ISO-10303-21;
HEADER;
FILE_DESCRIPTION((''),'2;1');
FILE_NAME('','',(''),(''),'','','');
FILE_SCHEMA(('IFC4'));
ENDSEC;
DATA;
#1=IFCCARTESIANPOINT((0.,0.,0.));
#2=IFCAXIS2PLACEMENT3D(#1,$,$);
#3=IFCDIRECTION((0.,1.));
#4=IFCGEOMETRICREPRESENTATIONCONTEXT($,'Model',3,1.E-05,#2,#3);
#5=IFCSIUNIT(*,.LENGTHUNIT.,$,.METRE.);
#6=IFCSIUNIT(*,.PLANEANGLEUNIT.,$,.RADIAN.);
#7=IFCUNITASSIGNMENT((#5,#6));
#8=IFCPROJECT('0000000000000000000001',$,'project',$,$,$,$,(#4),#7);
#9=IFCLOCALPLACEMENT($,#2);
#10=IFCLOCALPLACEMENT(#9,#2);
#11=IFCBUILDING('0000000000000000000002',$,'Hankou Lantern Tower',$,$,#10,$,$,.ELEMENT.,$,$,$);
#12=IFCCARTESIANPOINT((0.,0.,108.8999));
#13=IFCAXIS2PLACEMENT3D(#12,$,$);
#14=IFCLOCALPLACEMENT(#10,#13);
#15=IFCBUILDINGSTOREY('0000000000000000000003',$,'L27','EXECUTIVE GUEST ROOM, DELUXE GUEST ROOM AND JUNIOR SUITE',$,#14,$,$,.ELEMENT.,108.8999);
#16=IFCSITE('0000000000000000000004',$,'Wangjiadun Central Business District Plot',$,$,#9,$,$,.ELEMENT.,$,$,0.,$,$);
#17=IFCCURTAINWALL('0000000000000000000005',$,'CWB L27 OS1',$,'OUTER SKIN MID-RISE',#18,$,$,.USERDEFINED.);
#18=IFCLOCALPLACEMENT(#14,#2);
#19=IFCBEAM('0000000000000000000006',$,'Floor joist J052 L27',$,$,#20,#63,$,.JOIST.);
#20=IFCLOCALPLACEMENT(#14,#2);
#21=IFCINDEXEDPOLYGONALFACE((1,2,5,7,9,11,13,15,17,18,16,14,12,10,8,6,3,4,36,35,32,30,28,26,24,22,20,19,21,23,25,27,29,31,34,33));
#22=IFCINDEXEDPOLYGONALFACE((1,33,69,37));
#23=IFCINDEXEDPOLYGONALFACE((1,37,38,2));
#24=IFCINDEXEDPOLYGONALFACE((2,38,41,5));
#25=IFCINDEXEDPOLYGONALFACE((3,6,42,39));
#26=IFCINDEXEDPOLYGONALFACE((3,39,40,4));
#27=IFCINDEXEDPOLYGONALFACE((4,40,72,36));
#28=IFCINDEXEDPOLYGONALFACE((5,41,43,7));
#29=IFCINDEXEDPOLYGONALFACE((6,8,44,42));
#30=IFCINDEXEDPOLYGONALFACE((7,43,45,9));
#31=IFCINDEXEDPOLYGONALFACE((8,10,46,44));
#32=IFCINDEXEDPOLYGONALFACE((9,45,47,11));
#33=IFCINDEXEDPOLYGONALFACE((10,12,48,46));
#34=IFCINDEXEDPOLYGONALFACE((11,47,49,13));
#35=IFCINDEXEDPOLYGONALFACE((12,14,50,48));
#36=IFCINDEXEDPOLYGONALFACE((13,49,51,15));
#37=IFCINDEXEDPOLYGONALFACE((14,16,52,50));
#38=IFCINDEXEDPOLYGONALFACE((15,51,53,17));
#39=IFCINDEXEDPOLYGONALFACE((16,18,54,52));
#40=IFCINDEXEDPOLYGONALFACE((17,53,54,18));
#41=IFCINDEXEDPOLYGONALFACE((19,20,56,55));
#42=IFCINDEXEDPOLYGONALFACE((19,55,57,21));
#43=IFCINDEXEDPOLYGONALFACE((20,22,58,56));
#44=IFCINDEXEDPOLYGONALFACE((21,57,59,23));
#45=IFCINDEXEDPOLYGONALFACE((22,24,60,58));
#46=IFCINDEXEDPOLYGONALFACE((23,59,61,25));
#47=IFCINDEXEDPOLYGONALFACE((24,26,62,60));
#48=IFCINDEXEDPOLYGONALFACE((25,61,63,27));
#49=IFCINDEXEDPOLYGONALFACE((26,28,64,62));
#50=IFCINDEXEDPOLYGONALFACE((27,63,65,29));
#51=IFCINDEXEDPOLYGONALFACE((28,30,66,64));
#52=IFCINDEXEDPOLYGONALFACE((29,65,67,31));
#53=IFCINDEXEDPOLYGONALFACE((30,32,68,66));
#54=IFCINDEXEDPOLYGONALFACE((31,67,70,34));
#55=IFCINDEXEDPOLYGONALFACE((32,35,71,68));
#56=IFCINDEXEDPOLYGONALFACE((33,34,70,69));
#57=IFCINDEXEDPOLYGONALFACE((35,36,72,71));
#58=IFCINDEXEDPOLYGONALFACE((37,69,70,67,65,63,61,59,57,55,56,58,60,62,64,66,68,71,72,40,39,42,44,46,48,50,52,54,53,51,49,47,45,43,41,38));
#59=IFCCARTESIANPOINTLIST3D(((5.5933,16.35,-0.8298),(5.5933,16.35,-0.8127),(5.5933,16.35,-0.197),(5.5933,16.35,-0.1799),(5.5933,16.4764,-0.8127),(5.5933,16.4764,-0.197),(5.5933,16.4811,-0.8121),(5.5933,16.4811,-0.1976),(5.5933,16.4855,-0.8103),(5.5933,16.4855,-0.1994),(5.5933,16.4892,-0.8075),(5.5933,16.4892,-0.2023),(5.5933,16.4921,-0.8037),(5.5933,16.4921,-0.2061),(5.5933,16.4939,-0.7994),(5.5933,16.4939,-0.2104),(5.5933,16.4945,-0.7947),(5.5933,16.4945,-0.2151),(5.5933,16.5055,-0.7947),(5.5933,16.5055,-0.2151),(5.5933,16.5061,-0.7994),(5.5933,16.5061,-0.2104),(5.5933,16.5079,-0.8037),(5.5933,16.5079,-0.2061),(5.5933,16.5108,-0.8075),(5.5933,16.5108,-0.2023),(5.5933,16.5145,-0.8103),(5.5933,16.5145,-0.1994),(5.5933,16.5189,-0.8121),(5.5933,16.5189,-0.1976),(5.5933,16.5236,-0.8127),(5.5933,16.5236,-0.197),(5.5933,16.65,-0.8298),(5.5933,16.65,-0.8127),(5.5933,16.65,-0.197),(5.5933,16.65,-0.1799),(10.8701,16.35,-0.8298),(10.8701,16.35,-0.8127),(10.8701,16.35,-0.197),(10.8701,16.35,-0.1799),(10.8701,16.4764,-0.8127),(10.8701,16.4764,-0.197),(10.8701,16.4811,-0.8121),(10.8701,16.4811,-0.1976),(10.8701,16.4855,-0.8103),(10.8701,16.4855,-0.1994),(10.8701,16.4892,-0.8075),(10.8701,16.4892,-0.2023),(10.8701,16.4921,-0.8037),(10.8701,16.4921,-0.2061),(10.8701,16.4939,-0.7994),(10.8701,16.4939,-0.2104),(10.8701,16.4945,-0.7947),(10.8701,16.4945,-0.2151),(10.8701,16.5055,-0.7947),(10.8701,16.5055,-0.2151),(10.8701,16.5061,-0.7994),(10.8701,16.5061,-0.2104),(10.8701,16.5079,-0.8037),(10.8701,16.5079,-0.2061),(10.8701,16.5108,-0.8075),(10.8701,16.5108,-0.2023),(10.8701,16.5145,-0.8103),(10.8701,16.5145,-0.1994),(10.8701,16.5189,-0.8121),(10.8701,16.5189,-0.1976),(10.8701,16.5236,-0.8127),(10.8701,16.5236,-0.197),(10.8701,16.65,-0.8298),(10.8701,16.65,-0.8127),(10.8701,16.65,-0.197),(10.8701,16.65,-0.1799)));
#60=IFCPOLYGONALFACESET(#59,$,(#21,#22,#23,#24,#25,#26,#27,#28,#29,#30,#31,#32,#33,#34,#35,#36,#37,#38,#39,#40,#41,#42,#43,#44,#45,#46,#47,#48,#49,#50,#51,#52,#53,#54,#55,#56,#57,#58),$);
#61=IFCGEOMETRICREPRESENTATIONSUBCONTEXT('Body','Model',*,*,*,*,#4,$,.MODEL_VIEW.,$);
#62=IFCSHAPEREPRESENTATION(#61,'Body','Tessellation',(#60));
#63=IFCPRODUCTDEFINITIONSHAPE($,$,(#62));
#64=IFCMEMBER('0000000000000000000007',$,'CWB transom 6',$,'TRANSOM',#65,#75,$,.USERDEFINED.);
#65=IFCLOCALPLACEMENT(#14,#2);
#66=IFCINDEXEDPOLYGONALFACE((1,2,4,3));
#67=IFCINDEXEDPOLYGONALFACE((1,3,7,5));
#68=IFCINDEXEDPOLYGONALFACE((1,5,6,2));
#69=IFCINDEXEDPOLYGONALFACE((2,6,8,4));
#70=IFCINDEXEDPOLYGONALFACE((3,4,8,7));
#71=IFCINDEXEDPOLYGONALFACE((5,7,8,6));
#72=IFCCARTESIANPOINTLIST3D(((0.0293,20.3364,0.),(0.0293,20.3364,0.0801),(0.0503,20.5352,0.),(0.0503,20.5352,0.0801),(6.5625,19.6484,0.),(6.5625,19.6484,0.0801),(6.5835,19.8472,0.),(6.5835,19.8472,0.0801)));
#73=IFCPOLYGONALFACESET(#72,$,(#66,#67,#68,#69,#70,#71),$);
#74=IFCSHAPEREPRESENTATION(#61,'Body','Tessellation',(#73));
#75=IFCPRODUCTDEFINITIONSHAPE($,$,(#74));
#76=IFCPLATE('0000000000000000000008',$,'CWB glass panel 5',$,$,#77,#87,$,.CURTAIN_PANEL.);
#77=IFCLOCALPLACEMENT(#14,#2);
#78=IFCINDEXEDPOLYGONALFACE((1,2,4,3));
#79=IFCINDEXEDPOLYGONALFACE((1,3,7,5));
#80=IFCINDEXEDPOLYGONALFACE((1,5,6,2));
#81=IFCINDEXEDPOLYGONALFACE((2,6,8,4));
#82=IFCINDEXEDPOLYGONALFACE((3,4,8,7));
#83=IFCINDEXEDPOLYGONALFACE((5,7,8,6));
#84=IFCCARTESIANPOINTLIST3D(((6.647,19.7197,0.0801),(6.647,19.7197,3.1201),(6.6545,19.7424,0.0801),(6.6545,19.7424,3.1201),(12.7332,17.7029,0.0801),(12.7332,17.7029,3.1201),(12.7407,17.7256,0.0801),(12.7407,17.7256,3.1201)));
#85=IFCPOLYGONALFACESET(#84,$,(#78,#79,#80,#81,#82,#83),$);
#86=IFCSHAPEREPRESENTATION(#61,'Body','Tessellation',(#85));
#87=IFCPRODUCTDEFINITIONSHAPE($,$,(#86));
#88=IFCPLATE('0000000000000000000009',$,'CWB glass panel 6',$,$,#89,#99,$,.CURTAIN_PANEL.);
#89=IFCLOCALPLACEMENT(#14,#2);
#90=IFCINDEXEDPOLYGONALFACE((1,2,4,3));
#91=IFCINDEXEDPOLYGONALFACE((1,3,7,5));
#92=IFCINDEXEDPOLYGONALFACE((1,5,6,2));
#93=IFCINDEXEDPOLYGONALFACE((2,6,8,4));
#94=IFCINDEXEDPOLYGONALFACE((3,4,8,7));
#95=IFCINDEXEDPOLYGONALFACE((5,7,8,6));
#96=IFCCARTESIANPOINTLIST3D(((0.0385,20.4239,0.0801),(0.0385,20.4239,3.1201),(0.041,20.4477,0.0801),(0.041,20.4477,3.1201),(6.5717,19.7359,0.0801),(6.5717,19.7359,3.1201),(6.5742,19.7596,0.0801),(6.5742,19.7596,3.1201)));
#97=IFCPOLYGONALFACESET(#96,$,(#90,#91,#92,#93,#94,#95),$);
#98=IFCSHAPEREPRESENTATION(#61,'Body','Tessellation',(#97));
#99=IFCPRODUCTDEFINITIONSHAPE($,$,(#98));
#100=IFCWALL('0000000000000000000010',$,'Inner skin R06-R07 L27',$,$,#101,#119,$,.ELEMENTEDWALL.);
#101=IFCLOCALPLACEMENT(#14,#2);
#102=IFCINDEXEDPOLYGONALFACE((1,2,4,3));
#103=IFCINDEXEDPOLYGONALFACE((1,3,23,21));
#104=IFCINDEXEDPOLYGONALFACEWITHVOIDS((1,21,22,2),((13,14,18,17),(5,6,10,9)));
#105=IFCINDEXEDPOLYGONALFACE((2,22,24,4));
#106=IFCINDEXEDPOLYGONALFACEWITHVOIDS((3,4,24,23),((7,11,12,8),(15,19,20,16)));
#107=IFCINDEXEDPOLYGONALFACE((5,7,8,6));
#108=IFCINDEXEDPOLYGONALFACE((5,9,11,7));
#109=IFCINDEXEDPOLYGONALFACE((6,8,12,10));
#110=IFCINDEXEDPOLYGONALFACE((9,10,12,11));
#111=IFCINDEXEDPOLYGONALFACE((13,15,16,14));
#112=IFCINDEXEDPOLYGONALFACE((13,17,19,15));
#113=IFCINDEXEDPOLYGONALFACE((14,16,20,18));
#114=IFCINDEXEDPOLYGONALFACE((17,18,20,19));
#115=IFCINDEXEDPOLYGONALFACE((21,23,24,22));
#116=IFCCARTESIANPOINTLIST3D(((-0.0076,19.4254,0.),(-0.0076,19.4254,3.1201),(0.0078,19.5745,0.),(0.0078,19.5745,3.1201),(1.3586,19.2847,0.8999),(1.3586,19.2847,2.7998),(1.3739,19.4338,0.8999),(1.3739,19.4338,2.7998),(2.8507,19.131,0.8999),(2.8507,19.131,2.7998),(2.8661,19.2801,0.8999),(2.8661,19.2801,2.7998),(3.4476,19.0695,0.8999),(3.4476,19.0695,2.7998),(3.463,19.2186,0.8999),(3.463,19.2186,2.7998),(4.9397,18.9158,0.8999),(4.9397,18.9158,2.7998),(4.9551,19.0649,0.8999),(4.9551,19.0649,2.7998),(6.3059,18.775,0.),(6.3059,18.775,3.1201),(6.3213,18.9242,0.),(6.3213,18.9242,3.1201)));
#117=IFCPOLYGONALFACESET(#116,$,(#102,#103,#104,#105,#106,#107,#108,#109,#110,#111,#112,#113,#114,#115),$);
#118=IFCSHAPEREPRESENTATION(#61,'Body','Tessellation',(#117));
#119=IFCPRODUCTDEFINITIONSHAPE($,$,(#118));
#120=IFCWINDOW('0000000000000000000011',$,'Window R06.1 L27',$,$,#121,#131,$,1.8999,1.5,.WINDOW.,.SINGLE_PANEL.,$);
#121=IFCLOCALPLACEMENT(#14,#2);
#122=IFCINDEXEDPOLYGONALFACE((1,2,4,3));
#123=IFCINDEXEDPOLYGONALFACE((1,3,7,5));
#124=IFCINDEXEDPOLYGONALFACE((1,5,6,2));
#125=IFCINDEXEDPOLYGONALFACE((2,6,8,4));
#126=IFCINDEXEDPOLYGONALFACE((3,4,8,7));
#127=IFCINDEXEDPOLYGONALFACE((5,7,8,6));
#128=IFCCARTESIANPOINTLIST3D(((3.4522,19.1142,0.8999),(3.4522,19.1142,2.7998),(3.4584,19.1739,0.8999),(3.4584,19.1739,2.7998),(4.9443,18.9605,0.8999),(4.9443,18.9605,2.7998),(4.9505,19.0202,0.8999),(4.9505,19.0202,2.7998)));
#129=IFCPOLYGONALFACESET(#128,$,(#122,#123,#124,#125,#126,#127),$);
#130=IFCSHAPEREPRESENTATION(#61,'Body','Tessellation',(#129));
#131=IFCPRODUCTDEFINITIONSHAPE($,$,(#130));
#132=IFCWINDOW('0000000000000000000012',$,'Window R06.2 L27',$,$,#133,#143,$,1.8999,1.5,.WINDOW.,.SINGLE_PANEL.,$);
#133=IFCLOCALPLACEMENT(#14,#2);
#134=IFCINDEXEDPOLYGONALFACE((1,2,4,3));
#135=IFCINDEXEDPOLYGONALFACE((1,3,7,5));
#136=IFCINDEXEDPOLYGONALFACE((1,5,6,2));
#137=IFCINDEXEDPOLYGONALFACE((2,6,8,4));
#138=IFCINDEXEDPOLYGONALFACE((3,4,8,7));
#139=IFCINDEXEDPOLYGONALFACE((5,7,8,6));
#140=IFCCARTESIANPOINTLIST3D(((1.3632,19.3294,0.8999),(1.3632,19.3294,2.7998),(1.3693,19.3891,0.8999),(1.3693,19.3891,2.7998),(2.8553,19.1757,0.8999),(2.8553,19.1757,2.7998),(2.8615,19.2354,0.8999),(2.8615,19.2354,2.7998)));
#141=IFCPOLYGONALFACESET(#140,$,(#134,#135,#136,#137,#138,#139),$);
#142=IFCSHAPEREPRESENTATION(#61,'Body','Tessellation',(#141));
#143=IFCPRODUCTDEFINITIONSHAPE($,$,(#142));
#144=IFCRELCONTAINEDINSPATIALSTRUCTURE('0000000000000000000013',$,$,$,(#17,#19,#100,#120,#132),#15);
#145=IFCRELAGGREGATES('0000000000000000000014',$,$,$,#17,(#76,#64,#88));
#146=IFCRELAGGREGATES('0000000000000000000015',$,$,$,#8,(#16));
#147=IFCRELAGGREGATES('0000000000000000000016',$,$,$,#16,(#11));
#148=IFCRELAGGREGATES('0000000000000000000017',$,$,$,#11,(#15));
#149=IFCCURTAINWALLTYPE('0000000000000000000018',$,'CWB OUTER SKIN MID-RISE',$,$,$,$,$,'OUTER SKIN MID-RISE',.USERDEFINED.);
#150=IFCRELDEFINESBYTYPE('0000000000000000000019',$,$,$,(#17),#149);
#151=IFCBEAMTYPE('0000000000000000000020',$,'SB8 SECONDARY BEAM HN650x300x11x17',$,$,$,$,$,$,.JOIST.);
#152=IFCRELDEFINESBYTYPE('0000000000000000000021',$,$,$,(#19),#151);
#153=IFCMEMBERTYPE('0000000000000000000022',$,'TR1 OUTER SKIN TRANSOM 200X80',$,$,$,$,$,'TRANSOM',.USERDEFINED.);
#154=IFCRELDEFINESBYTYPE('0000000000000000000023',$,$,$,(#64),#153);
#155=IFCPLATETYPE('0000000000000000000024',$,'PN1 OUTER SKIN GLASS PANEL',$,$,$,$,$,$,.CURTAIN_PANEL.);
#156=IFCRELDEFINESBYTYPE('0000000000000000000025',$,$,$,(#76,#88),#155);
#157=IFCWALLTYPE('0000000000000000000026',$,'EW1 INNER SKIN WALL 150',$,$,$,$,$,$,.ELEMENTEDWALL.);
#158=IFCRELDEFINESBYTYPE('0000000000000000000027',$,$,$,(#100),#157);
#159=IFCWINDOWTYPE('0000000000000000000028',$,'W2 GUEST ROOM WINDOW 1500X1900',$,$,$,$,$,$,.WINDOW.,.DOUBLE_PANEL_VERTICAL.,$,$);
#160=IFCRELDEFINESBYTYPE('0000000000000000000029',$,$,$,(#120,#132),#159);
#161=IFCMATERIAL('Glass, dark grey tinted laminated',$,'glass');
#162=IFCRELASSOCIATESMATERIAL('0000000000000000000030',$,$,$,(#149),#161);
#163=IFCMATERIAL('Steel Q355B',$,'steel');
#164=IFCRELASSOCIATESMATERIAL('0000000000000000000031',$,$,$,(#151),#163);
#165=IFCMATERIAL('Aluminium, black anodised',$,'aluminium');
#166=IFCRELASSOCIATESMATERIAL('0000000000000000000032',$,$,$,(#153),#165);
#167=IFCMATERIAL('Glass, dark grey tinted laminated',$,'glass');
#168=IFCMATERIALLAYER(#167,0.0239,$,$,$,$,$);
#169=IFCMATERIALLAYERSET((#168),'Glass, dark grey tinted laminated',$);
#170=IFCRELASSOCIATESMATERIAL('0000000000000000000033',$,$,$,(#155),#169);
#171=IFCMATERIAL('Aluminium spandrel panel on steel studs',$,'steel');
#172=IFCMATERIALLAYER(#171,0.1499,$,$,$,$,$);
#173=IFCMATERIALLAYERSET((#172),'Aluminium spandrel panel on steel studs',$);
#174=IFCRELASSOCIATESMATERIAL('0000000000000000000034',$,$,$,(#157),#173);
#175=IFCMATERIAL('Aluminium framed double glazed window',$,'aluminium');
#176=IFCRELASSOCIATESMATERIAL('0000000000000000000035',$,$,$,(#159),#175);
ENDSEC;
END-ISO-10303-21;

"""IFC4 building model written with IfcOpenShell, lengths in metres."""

from ifc_helpers import new_model, si_unit, direction, frame, frame_2d, origin, origin_2d, place, context, subcontext, project, spatial, rectangle, i_section, extrude, material, layer, layer_set, material_profile, profile_set, type_object, element, fill, aggregate, save


model = new_model("IFC4")

# Units and contexts
model_context = context("Model", 3, precision=1e-05, world=origin(), true_north=direction((0.0, 1.0)))
body_context = subcontext(model_context, "Body", "Model", "MODEL_VIEW")
ifc_project = project(units=[si_unit("LENGTHUNIT", "METRE"), si_unit("PLANEANGLEUNIT", "RADIAN")], contexts=[model_context])

# Site, building, storey
site_placement = place(None, origin())
site = spatial("IfcSite", under=ifc_project, at=site_placement, Name="Wangjiadun Central Business District Plot", CompositionType="ELEMENT", RefElevation=0.0)
building_placement = place(site_placement, origin())
building = spatial("IfcBuilding", under=site, at=building_placement, Name="Hankou Lantern Tower", CompositionType="ELEMENT")
storey_placement = place(building_placement, frame((0.0, 0.0, 108.8999)))
storey = spatial("IfcBuildingStorey", under=building, at=storey_placement, Name="L27", Description="EXECUTIVE GUEST ROOM, DELUXE GUEST ROOM AND JUNIOR SUITE", CompositionType="ELEMENT", Elevation=108.8999)

# Curtain wall
ifc_material_1 = material(Name="Glass, dark grey tinted laminated", Category="glass")
curtain_wall_type = type_object("IfcCurtainWallType", Name="CWB OUTER SKIN MID-RISE", ElementType="OUTER SKIN MID-RISE", PredefinedType="USERDEFINED", material=ifc_material_1)
curtain_wall_1_placement = place(storey_placement, origin())
curtain_wall_1 = element("IfcCurtainWall", 1, at=curtain_wall_1_placement, inside=storey, type_object=curtain_wall_type, Name="CWB L27 OS1", ObjectType="OUTER SKIN MID-RISE", PredefinedType="USERDEFINED")

# Beam
ifc_material_2 = material(Name="Steel Q355B", Category="steel")
ifc_material_profile_1 = material_profile(ifc_material_2, i_section(OverallWidth=0.3, OverallDepth=0.6499, WebThickness=0.011, FlangeThickness=0.0171, FilletRadius=0.0181, at=origin_2d()), Name="HN650x300x11x17")
ifc_profile_set_1 = profile_set([ifc_material_profile_1], Name="Steel Q355B")
beam_type_1 = type_object("IfcBeamType", Name="SB8 SECONDARY BEAM HN650x300x11x17", PredefinedType="JOIST", material=ifc_profile_set_1)
beam_1_placement = place(storey_placement, frame((5.5933, 16.5, -0.5049), z_axis=(1.0, 0.0, 0.0), x_axis=(0.0, 1.0, 0.0)))
element("IfcBeam", 2, at=beam_1_placement, inside=storey, type_object=beam_type_1, Name="Floor joist J052 L27", PredefinedType="JOIST", context=body_context, shape_type="SweptSolid", body=[
    extrude(i_section(OverallWidth=0.3, OverallDepth=0.6499, WebThickness=0.011, FlangeThickness=0.0171, FilletRadius=0.0181, at=origin_2d()), origin(), (0.0, 0.0, 1.0), 5.2769),
])

# Member
ifc_material_3 = material(Name="Aluminium, black anodised", Category="aluminium")
ifc_material_profile_2 = material_profile(ifc_material_3, rectangle(XDim=0.2, YDim=0.0801, at=origin_2d()), Name="TR1 200X80")
ifc_profile_set_2 = profile_set([ifc_material_profile_2], Name="Aluminium, black anodised")
member_type_1 = type_object("IfcMemberType", Name="TR1 OUTER SKIN TRANSOM 200X80", ElementType="TRANSOM", PredefinedType="USERDEFINED", material=ifc_profile_set_2)
member_1_placement = place(storey_placement, frame((6.573, 19.7478, 0.04), z_axis=(-0.994501, 0.104727, 0.0), x_axis=(-0.104727, -0.994501, 0.0)))
member_1 = element("IfcMember", 3, at=member_1_placement, type_object=member_type_1, Name="CWB transom 6", ObjectType="TRANSOM", PredefinedType="USERDEFINED", context=body_context, shape_type="SweptSolid", body=[
    extrude(rectangle(XDim=0.2, YDim=0.0801, at=origin_2d()), origin(), (0.0, 0.0, 1.0), 6.5693),
])

# Plates
ifc_material_4 = material(Name="Glass, dark grey tinted laminated", Category="glass")
ifc_layer_1 = layer(ifc_material_4, 0.0239)
ifc_layer_set_1 = layer_set([ifc_layer_1], Name="Glass, dark grey tinted laminated")
plate_type = type_object("IfcPlateType", Name="PN1 OUTER SKIN GLASS PANEL", PredefinedType="CURTAIN_PANEL", material=ifc_layer_set_1)
plate_1_placement = place(storey_placement, frame((9.6938, 18.7227, 0.0801), z_axis=(0.0, 0.0, 1.0), x_axis=(-0.949241, 0.314551, 0.0)))
plate_1 = element("IfcPlate", 4, at=plate_1_placement, type_object=plate_type, Name="CWB glass panel 5", PredefinedType="CURTAIN_PANEL", context=body_context, shape_type="SweptSolid", body=[
    extrude(rectangle(XDim=6.4116, YDim=0.0239, at=origin_2d()), origin(), (0.0, 0.0, 1.0), 3.04),
])
plate_2_placement = place(storey_placement, frame((3.3064, 20.0918, 0.0801), z_axis=(0.0, 0.0, 1.0), x_axis=(-0.994499, 0.104743, 0.0)))
plate_2 = element("IfcPlate", 5, at=plate_2_placement, type_object=plate_type, Name="CWB glass panel 6", PredefinedType="CURTAIN_PANEL", context=body_context, shape_type="SweptSolid", body=[
    extrude(rectangle(XDim=6.5693, YDim=0.0239, at=origin_2d()), origin(), (0.0, 0.0, 1.0), 3.04),
])
aggregate(curtain_wall_1, [plate_1, member_1, plate_2])

# Wall, openings, windows
ifc_material_5 = material(Name="Aluminium spandrel panel on steel studs", Category="steel")
ifc_layer_2 = layer(ifc_material_5, 0.1499)
ifc_layer_set_2 = layer_set([ifc_layer_2], Name="Aluminium spandrel panel on steel studs")
wall_type_1 = type_object("IfcWallType", Name="EW1 INNER SKIN WALL 150", PredefinedType="ELEMENTEDWALL", material=ifc_layer_set_2)
wall_1_placement = place(storey_placement, frame((6.3135, 18.8496, 0.0), z_axis=(0.0, 0.0, 1.0), x_axis=(-0.994736, 0.102474, 0.0)))
wall_1 = element("IfcWall", 6, at=wall_1_placement, inside=storey, type_object=wall_type_1, Name="Inner skin R06-R07 L27", PredefinedType="ELEMENTEDWALL", context=body_context, shape_type="SweptSolid", body=[
    extrude(rectangle(XDim=6.3469, YDim=0.1499, at=frame_2d((3.1733, 0.0))), origin(), (0.0, 0.0, 1.0), 3.1201),
])
opening_1_placement = place(wall_1_placement, frame((1.3733, 0.0, 0.8999)))
opening_1 = element("IfcOpeningElement", 7, at=opening_1_placement, cuts=wall_1, PredefinedType="OPENING", context=body_context, shape_type="SweptSolid", body=[
    extrude(rectangle(XDim=1.5, YDim=1.8999, at=frame_2d((0.75, 0.95))), frame((0.0, 0.085, 0.0), z_axis=(0.0, -1.0, 0.0), x_axis=(1.0, 0.0, 0.0)), (0.0, 0.0, 1.0), 0.1699),
])
opening_2_placement = place(wall_1_placement, frame((3.4734, 0.0, 0.8999)))
opening_2 = element("IfcOpeningElement", 8, at=opening_2_placement, cuts=wall_1, PredefinedType="OPENING", context=body_context, shape_type="SweptSolid", body=[
    extrude(rectangle(XDim=1.5, YDim=1.8999, at=frame_2d((0.75, 0.95))), frame((0.0, 0.085, 0.0), z_axis=(0.0, -1.0, 0.0), x_axis=(1.0, 0.0, 0.0)), (0.0, 0.0, 1.0), 0.1699),
])
ifc_material_6 = material(Name="Aluminium framed double glazed window", Category="aluminium")
window_type = type_object("IfcWindowType", Name="W2 GUEST ROOM WINDOW 1500X1900", PartitioningType="DOUBLE_PANEL_VERTICAL", PredefinedType="WINDOW", material=ifc_material_6)
window_1_placement = place(opening_1_placement, origin())
window_1 = element("IfcWindow", 9, at=window_1_placement, inside=storey, type_object=window_type, Name="Window R06.1 L27", OverallHeight=1.8999, OverallWidth=1.5, PartitioningType="SINGLE_PANEL", PredefinedType="WINDOW", context=body_context, shape_type="SweptSolid", body=[
    extrude(rectangle(XDim=1.5, YDim=1.8999, at=frame_2d((0.75, 0.95))), frame((0.0, 0.03, 0.0), z_axis=(0.0, -1.0, 0.0), x_axis=(1.0, 0.0, 0.0)), (0.0, 0.0, 1.0), 0.0601),
])
fill(opening_1, window_1)
window_2_placement = place(opening_2_placement, origin())
window_2 = element("IfcWindow", 10, at=window_2_placement, inside=storey, type_object=window_type, Name="Window R06.2 L27", OverallHeight=1.8999, OverallWidth=1.5, PartitioningType="SINGLE_PANEL", PredefinedType="WINDOW", context=body_context, shape_type="SweptSolid", body=[
    extrude(rectangle(XDim=1.5, YDim=1.8999, at=frame_2d((0.75, 0.95))), frame((0.0, 0.03, 0.0), z_axis=(0.0, -1.0, 0.0), x_axis=(1.0, 0.0, 0.0)), (0.0, 0.0, 1.0), 0.0601),
])
fill(opening_2, window_2)

save(model, "model.ifc")
